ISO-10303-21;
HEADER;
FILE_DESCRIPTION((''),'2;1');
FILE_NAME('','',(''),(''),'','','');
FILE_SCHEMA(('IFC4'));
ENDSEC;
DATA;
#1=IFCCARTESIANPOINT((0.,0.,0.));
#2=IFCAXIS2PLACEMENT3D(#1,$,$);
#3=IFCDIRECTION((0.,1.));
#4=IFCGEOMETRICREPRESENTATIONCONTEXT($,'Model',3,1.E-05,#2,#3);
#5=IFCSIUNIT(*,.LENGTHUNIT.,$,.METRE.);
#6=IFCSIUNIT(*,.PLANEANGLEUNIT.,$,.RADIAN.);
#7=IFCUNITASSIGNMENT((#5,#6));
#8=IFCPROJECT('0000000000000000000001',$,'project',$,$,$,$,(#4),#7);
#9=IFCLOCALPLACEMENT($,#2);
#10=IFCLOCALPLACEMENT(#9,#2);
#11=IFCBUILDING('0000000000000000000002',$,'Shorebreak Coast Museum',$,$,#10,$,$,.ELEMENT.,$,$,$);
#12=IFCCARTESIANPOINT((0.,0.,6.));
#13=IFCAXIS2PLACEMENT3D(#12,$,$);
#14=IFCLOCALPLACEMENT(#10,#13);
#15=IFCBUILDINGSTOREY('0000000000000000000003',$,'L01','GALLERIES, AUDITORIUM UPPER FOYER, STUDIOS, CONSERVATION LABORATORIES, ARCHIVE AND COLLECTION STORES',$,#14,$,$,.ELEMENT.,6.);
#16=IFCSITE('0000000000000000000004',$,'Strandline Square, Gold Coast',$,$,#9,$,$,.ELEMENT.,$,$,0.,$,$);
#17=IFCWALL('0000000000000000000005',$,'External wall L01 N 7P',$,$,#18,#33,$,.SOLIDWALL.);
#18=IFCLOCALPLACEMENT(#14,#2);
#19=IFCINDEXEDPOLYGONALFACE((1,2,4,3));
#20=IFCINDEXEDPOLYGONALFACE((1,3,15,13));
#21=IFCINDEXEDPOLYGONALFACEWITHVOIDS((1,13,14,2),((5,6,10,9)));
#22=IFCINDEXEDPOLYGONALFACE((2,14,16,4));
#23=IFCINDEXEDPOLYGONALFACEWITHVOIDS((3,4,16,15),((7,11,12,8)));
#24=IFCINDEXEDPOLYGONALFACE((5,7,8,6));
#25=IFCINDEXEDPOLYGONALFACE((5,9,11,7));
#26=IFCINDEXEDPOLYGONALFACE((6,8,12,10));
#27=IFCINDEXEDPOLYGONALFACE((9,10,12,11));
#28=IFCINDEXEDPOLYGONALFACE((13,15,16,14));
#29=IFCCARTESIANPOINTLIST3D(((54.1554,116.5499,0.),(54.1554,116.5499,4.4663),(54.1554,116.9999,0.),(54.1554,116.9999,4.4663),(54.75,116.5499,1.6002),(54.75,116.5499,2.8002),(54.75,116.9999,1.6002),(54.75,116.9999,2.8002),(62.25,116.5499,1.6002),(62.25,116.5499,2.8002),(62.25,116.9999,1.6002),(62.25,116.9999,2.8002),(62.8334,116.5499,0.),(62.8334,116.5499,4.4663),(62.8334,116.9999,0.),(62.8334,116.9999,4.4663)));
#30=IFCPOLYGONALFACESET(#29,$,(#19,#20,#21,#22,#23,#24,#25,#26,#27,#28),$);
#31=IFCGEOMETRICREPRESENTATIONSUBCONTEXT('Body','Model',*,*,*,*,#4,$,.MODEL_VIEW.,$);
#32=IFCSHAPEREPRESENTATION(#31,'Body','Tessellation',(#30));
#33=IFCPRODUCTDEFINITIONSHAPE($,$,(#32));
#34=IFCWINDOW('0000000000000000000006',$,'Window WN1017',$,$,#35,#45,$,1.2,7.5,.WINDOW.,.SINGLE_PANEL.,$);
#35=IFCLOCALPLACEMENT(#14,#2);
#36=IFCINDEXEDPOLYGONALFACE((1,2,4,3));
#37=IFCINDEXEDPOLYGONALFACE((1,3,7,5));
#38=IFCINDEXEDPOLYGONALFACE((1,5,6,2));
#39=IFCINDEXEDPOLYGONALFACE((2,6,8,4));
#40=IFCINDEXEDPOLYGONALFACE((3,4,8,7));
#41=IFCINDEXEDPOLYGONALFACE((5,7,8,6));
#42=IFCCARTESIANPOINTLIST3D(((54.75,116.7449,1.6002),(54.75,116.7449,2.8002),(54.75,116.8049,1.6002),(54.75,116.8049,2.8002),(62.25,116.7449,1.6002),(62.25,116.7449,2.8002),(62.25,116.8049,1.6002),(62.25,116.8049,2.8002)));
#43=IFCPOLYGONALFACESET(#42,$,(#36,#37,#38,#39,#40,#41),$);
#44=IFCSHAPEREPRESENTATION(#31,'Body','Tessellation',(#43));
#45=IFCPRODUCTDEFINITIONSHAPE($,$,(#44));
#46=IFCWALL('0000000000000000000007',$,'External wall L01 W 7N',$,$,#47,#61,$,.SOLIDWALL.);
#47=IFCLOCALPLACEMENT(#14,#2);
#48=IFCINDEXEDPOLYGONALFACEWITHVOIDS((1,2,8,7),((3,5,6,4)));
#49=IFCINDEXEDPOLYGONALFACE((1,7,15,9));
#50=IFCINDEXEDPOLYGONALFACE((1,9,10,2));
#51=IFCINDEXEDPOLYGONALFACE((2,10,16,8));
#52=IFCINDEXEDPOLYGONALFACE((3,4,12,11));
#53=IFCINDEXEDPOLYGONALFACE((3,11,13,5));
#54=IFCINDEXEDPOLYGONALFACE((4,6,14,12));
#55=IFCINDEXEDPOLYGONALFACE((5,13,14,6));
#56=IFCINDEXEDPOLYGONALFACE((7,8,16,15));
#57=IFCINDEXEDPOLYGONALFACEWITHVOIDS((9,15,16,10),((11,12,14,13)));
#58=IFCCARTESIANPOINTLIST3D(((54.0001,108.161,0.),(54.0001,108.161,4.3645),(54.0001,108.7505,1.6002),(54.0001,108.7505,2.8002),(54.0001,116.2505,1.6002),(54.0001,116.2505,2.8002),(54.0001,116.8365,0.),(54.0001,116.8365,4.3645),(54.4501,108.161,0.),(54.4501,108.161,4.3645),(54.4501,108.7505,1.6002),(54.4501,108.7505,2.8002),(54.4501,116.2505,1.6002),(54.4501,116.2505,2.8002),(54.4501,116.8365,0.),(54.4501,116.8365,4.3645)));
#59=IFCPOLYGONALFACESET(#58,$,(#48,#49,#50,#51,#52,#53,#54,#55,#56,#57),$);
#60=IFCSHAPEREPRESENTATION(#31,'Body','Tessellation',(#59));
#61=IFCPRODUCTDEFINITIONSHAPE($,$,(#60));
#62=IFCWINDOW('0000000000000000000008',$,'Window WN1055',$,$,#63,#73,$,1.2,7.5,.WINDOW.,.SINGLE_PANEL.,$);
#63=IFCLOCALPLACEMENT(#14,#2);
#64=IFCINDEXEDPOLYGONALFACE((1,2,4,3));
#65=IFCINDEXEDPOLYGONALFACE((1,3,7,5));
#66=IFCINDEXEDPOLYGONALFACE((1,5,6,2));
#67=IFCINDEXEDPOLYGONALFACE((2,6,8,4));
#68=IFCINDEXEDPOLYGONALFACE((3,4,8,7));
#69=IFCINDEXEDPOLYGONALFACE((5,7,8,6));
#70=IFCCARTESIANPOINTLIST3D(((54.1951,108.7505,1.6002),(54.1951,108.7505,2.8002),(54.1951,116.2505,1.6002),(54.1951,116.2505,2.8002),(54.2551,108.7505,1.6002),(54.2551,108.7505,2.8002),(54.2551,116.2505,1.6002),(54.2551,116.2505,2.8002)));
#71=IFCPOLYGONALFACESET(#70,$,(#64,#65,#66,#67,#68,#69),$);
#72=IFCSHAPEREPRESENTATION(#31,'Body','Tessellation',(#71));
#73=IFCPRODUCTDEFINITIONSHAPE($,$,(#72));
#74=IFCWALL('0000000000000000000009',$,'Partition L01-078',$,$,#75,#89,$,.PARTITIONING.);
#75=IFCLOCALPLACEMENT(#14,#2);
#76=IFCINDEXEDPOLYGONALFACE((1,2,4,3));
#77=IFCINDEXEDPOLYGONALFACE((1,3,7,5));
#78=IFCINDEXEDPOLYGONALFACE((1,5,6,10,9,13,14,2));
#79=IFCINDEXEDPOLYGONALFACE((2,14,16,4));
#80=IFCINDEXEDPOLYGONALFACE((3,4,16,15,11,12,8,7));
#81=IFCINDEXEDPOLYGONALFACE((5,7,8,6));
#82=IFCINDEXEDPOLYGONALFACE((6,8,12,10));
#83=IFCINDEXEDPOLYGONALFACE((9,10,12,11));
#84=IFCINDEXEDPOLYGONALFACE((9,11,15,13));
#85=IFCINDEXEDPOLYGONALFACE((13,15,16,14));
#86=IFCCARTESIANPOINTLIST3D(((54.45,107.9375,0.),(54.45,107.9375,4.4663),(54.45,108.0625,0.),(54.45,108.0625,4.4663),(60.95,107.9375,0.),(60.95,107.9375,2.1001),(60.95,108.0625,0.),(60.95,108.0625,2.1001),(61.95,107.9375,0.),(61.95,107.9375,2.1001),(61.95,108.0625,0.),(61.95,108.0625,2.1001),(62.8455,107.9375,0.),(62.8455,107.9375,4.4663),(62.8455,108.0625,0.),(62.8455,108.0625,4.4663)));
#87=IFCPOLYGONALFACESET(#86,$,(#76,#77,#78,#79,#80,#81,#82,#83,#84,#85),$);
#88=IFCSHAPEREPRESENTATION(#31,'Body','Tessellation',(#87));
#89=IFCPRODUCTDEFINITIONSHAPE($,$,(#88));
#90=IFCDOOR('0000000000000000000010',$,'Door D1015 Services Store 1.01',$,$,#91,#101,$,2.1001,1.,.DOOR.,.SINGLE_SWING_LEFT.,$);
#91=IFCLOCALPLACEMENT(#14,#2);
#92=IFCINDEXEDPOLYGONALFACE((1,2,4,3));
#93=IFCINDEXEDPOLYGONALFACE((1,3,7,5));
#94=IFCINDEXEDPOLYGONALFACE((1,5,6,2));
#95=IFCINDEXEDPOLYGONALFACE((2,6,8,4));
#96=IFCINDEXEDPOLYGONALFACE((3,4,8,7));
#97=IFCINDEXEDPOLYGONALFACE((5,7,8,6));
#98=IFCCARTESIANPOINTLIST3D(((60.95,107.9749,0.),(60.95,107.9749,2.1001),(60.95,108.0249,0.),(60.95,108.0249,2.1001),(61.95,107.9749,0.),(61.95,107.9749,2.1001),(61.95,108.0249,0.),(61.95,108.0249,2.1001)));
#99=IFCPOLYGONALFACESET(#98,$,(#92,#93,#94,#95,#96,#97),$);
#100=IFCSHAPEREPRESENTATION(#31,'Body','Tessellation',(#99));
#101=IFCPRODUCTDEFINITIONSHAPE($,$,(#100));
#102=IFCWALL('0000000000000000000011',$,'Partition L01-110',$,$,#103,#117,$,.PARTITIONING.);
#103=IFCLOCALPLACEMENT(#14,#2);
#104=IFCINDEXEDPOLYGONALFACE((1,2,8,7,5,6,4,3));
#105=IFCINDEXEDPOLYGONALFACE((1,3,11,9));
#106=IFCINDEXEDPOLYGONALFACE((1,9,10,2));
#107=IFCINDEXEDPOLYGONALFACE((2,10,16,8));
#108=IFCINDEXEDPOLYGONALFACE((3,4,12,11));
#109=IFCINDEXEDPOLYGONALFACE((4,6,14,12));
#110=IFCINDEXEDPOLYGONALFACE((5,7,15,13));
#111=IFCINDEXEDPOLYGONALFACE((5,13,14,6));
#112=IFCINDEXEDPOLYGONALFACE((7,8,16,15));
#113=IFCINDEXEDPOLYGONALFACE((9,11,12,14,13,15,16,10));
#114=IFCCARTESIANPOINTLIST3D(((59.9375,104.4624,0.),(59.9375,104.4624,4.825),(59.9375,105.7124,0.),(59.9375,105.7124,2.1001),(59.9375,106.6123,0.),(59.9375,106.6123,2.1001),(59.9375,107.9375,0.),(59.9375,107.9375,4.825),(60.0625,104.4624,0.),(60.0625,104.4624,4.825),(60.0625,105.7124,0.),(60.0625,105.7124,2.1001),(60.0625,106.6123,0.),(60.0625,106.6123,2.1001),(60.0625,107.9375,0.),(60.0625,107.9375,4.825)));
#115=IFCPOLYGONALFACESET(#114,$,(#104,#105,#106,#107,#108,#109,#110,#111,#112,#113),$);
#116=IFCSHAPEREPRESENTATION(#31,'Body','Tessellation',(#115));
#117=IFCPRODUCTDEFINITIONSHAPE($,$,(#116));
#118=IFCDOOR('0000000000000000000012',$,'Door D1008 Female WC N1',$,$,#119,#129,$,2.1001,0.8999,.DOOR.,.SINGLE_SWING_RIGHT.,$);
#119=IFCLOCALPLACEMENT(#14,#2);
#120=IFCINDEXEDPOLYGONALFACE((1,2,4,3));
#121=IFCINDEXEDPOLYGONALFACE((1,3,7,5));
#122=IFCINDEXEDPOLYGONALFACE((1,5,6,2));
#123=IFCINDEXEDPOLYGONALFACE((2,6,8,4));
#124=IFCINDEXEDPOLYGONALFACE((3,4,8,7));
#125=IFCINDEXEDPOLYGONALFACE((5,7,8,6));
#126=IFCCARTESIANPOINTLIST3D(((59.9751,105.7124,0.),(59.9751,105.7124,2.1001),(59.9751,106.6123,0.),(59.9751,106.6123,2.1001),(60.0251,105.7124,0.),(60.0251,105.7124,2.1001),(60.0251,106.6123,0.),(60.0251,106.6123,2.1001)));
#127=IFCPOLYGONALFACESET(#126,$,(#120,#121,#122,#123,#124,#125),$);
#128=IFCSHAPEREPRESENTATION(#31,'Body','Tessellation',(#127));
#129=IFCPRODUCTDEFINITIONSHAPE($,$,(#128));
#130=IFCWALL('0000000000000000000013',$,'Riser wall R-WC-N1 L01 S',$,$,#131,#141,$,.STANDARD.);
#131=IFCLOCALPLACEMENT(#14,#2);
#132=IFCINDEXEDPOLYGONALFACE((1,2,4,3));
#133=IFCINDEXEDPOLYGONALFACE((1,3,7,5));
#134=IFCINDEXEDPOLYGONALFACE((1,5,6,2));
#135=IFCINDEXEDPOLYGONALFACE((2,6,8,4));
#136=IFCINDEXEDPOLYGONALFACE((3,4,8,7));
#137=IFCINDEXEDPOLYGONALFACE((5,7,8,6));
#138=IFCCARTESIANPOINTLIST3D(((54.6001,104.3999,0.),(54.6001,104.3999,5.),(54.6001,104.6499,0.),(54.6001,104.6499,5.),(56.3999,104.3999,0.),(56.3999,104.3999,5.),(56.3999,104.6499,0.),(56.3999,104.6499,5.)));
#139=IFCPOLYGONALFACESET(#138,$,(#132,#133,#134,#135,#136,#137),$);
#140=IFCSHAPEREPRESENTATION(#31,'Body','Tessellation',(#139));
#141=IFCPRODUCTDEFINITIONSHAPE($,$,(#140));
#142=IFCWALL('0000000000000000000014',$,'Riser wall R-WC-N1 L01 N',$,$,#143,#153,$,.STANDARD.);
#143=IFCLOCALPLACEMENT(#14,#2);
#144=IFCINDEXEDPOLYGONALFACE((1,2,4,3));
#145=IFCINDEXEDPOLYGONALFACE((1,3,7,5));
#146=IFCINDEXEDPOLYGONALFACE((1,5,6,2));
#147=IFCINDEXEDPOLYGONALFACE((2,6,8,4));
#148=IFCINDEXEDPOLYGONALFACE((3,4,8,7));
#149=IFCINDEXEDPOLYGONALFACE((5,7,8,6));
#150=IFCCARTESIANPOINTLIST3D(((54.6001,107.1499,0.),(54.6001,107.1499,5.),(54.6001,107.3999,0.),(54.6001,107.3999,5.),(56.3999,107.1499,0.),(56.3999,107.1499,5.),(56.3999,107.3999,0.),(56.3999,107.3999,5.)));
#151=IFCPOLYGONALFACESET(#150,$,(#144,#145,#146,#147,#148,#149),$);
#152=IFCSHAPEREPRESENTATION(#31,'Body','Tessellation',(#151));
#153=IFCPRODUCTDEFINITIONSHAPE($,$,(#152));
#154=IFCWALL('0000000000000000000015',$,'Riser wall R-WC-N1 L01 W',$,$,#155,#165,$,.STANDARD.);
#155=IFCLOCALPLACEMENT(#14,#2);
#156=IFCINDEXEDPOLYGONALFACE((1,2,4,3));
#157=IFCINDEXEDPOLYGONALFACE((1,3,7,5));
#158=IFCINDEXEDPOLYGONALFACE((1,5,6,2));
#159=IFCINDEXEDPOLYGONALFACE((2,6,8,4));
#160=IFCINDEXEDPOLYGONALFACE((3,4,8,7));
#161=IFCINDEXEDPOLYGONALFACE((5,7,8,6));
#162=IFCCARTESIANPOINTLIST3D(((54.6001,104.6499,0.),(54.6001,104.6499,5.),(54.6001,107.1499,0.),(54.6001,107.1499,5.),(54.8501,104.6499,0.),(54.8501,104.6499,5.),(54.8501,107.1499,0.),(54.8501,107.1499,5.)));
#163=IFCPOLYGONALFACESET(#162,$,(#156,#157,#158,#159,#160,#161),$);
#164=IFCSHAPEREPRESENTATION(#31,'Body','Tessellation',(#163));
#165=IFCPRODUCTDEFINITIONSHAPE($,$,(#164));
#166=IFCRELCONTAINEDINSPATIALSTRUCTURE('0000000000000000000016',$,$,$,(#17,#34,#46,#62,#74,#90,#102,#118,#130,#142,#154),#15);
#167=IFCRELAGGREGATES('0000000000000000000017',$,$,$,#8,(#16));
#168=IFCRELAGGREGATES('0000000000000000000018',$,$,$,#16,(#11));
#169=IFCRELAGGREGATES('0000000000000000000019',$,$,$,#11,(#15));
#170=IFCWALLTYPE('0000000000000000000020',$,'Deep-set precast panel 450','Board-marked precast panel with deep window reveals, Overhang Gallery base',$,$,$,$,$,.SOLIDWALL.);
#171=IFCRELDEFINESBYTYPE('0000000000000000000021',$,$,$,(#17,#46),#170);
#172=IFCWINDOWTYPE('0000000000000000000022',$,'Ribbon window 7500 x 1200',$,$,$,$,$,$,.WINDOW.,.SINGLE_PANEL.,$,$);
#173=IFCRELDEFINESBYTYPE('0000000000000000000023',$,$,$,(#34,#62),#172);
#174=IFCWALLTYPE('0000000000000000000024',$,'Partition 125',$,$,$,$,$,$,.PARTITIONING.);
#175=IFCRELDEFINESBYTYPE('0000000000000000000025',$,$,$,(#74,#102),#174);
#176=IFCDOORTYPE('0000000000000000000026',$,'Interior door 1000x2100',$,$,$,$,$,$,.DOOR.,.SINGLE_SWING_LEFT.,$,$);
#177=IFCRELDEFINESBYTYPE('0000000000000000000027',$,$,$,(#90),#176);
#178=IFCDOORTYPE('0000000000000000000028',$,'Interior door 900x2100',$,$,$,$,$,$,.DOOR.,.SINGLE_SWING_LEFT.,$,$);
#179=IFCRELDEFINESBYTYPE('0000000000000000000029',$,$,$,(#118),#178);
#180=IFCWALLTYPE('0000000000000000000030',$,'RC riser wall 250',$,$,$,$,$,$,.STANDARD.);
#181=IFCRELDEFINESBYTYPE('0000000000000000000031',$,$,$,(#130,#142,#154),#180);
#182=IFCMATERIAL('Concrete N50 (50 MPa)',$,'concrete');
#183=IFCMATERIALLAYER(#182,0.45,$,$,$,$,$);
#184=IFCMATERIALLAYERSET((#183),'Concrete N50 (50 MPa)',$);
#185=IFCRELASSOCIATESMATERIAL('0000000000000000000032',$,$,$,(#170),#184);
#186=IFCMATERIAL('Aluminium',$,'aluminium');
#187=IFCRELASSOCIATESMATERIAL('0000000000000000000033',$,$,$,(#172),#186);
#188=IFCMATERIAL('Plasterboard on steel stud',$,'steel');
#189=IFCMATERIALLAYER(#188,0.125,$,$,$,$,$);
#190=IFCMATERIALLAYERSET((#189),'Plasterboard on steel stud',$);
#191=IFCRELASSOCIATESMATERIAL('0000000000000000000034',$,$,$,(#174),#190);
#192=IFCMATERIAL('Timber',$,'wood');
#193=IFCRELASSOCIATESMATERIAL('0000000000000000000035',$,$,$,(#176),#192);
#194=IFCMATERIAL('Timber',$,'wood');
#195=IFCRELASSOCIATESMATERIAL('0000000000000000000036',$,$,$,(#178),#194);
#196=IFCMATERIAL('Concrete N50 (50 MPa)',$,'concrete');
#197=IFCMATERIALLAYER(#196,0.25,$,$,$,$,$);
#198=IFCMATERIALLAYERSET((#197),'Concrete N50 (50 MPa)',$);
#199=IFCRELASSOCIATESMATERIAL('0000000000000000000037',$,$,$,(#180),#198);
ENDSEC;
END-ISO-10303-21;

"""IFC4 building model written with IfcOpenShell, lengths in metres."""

from ifc_helpers import new_model, si_unit, direction, frame, frame_2d, origin, place, context, subcontext, project, spatial, rectangle, extrude, material, layer, layer_set, type_object, element, fill, save


model = new_model("IFC4")

# Units and contexts
model_context = context("Model", 3, precision=1e-05, world=origin(), true_north=direction((0.0, 1.0)))
body_context = subcontext(model_context, "Body", "Model", "MODEL_VIEW")
ifc_project = project(units=[si_unit("LENGTHUNIT", "METRE"), si_unit("PLANEANGLEUNIT", "RADIAN")], contexts=[model_context])

# Site, building, storey
site_placement = place(None, origin())
site = spatial("IfcSite", under=ifc_project, at=site_placement, Name="Strandline Square, Gold Coast", CompositionType="ELEMENT", RefElevation=0.0)
building_placement = place(site_placement, origin())
building = spatial("IfcBuilding", under=site, at=building_placement, Name="Shorebreak Coast Museum", CompositionType="ELEMENT")
storey_placement = place(building_placement, frame((0.0, 0.0, 6.0)))
storey = spatial("IfcBuildingStorey", under=building, at=storey_placement, Name="L01", Description="GALLERIES, AUDITORIUM UPPER FOYER, STUDIOS, CONSERVATION LABORATORIES, ARCHIVE AND COLLECTION STORES", CompositionType="ELEMENT", Elevation=6.0)

# Walls, openings, windows
ifc_material_1 = material(Name="Concrete N50 (50 MPa)", Category="concrete")
ifc_layer_1 = layer(ifc_material_1, 0.45)
ifc_layer_set_1 = layer_set([ifc_layer_1], Name="Concrete N50 (50 MPa)")
wall_type_1 = type_object("IfcWallType", Name="Deep-set precast panel 450", Description="Board-marked precast panel with deep window reveals, Overhang Gallery base", PredefinedType="SOLIDWALL", material=ifc_layer_set_1)
wall_1_placement = place(storey_placement, frame((54.1555, 116.7749, 0.0), z_axis=(0.0, 0.0, 1.0), x_axis=(1.0, 0.0, 0.0)))
wall_1 = element("IfcWall", 1, at=wall_1_placement, inside=storey, type_object=wall_type_1, Name="External wall L01 N 7P", PredefinedType="SOLIDWALL", context=body_context, shape_type="SweptSolid", body=[
    extrude(rectangle(XDim=8.678, YDim=0.45, at=frame_2d((4.3389, 0.0))), origin(), (0.0, 0.0, 1.0), 4.4663),
])
opening_1_placement = place(wall_1_placement, frame((0.5945, 0.0, 1.6001)))
opening_1 = element("IfcOpeningElement", 2, at=opening_1_placement, cuts=wall_1, PredefinedType="OPENING", context=body_context, shape_type="SweptSolid", body=[
    extrude(rectangle(XDim=7.5, YDim=1.2, at=frame_2d((3.75, 0.6001))), frame((0.0, 0.2349, 0.0), z_axis=(0.0, -1.0, 0.0), x_axis=(1.0, 0.0, 0.0)), (0.0, 0.0, 1.0), 0.47),
])
ifc_material_2 = material(Name="Aluminium", Category="aluminium")
window_type = type_object("IfcWindowType", Name="Ribbon window 7500 x 1200", PartitioningType="SINGLE_PANEL", PredefinedType="WINDOW", material=ifc_material_2)
window_1_placement = place(opening_1_placement, origin())
window_1 = element("IfcWindow", 3, at=window_1_placement, inside=storey, type_object=window_type, Name="Window WN1017", OverallHeight=1.2, OverallWidth=7.5, PartitioningType="SINGLE_PANEL", PredefinedType="WINDOW", context=body_context, shape_type="SweptSolid", body=[
    extrude(rectangle(XDim=7.5, YDim=1.2, at=frame_2d((3.75, 0.6001))), frame((0.0, 0.03, 0.0), z_axis=(0.0, -1.0, 0.0), x_axis=(1.0, 0.0, 0.0)), (0.0, 0.0, 1.0), 0.0601),
])
fill(opening_1, window_1)
wall_2_placement = place(storey_placement, frame((54.2251, 108.1609, 0.0), z_axis=(0.0, 0.0, 1.0), x_axis=(0.0, 1.0, 0.0)))
wall_2 = element("IfcWall", 4, at=wall_2_placement, inside=storey, type_object=wall_type_1, Name="External wall L01 W 7N", PredefinedType="SOLIDWALL", context=body_context, shape_type="SweptSolid", body=[
    extrude(rectangle(XDim=8.6755, YDim=0.45, at=frame_2d((4.3379, 0.0))), origin(), (0.0, 0.0, 1.0), 4.3645),
])
opening_2_placement = place(wall_2_placement, frame((0.5896, 0.0, 1.6001)))
opening_2 = element("IfcOpeningElement", 5, at=opening_2_placement, cuts=wall_2, PredefinedType="OPENING", context=body_context, shape_type="SweptSolid", body=[
    extrude(rectangle(XDim=7.5, YDim=1.2, at=frame_2d((3.75, 0.6001))), frame((0.0, 0.2349, 0.0), z_axis=(0.0, -1.0, 0.0), x_axis=(1.0, 0.0, 0.0)), (0.0, 0.0, 1.0), 0.47),
])
window_2_placement = place(opening_2_placement, origin())
window_2 = element("IfcWindow", 6, at=window_2_placement, inside=storey, type_object=window_type, Name="Window WN1055", OverallHeight=1.2, OverallWidth=7.5, PartitioningType="SINGLE_PANEL", PredefinedType="WINDOW", context=body_context, shape_type="SweptSolid", body=[
    extrude(rectangle(XDim=7.5, YDim=1.2, at=frame_2d((3.75, 0.6001))), frame((0.0, 0.03, 0.0), z_axis=(0.0, -1.0, 0.0), x_axis=(1.0, 0.0, 0.0)), (0.0, 0.0, 1.0), 0.0601),
])
fill(opening_2, window_2)

# Walls, openings, doors
ifc_material_3 = material(Name="Plasterboard on steel stud", Category="steel")
ifc_layer_2 = layer(ifc_material_3, 0.125)
ifc_layer_set_2 = layer_set([ifc_layer_2], Name="Plasterboard on steel stud")
wall_type_2 = type_object("IfcWallType", Name="Partition 125", PredefinedType="PARTITIONING", material=ifc_layer_set_2)
wall_3_placement = place(storey_placement, frame((54.45, 108.0, 0.0), z_axis=(0.0, 0.0, 1.0), x_axis=(1.0, 0.0, 0.0)))
wall_3 = element("IfcWall", 7, at=wall_3_placement, inside=storey, type_object=wall_type_2, Name="Partition L01-078", PredefinedType="PARTITIONING", context=body_context, shape_type="SweptSolid", body=[
    extrude(rectangle(XDim=8.3955, YDim=0.125, at=frame_2d((4.1978, 0.0))), origin(), (0.0, 0.0, 1.0), 4.4663),
])
opening_3_placement = place(wall_3_placement, frame((6.5, 0.0, 0.0)))
opening_3 = element("IfcOpeningElement", 8, at=opening_3_placement, cuts=wall_3, PredefinedType="OPENING", context=body_context, shape_type="SweptSolid", body=[
    extrude(rectangle(XDim=1.0, YDim=2.1001, at=frame_2d((0.5, 1.05))), frame((0.0, 0.0725, 0.0), z_axis=(0.0, -1.0, 0.0), x_axis=(1.0, 0.0, 0.0)), (0.0, 0.0, 1.0), 0.145),
])
ifc_material_4 = material(Name="Timber", Category="wood")
door_type_1 = type_object("IfcDoorType", Name="Interior door 1000x2100", OperationType="SINGLE_SWING_LEFT", PredefinedType="DOOR", material=ifc_material_4)
door_1_placement = place(opening_3_placement, origin())
door_1 = element("IfcDoor", 9, at=door_1_placement, inside=storey, type_object=door_type_1, Name="Door D1015 Services Store 1.01", OperationType="SINGLE_SWING_LEFT", OverallHeight=2.1001, OverallWidth=1.0, PredefinedType="DOOR", context=body_context, shape_type="SweptSolid", body=[
    extrude(rectangle(XDim=1.0, YDim=2.1001, at=frame_2d((0.5, 1.05))), frame((0.0, 0.0249, 0.0), z_axis=(0.0, -1.0, 0.0), x_axis=(1.0, 0.0, 0.0)), (0.0, 0.0, 1.0), 0.05),
])
fill(opening_3, door_1)
wall_4_placement = place(storey_placement, frame((60.0, 104.4624, 0.0), z_axis=(0.0, 0.0, 1.0), x_axis=(0.0, 1.0, 0.0)))
wall_4 = element("IfcWall", 10, at=wall_4_placement, inside=storey, type_object=wall_type_2, Name="Partition L01-110", PredefinedType="PARTITIONING", context=body_context, shape_type="SweptSolid", body=[
    extrude(rectangle(XDim=3.4751, YDim=0.125, at=frame_2d((1.7375, 0.0))), origin(), (0.0, 0.0, 1.0), 4.825),
])
opening_4_placement = place(wall_4_placement, frame((1.25, 0.0, 0.0)))
opening_4 = element("IfcOpeningElement", 11, at=opening_4_placement, cuts=wall_4, PredefinedType="OPENING", context=body_context, shape_type="SweptSolid", body=[
    extrude(rectangle(XDim=0.8999, YDim=2.1001, at=frame_2d((0.45, 1.05))), frame((0.0, 0.0725, 0.0), z_axis=(0.0, -1.0, 0.0), x_axis=(1.0, 0.0, 0.0)), (0.0, 0.0, 1.0), 0.145),
])
ifc_material_5 = material(Name="Timber", Category="wood")
door_type_2 = type_object("IfcDoorType", Name="Interior door 900x2100", OperationType="SINGLE_SWING_LEFT", PredefinedType="DOOR", material=ifc_material_5)
door_2_placement = place(opening_4_placement, origin())
door_2 = element("IfcDoor", 12, at=door_2_placement, inside=storey, type_object=door_type_2, Name="Door D1008 Female WC N1", OperationType="SINGLE_SWING_RIGHT", OverallHeight=2.1001, OverallWidth=0.8999, PredefinedType="DOOR", context=body_context, shape_type="SweptSolid", body=[
    extrude(rectangle(XDim=0.8999, YDim=2.1001, at=frame_2d((0.45, 1.05))), frame((0.0, 0.0249, 0.0), z_axis=(0.0, -1.0, 0.0), x_axis=(1.0, 0.0, 0.0)), (0.0, 0.0, 1.0), 0.05),
])
fill(opening_4, door_2)

# Walls
ifc_material_6 = material(Name="Concrete N50 (50 MPa)", Category="concrete")
ifc_layer_3 = layer(ifc_material_6, 0.25)
ifc_layer_set_3 = layer_set([ifc_layer_3], Name="Concrete N50 (50 MPa)")
wall_type_3 = type_object("IfcWallType", Name="RC riser wall 250", PredefinedType="STANDARD", material=ifc_layer_set_3)
for number, where, z_axis, x_axis, name in (
    (13, (54.6001, 104.5249, 0.0), (0.0, 0.0, 1.0), (1.0, 0.0, 0.0), "Riser wall R-WC-N1 L01 S"),
    (14, (54.6001, 107.2749, 0.0), (0.0, 0.0, 1.0), (1.0, 0.0, 0.0), "Riser wall R-WC-N1 L01 N"),
):
    element("IfcWall", number, at=place(storey_placement, frame(where, z_axis=z_axis, x_axis=x_axis)), inside=storey, type_object=wall_type_3, Name=name, PredefinedType="STANDARD", context=body_context, shape_type="SweptSolid", body=[
        extrude(rectangle(XDim=1.7998, YDim=0.25, at=frame_2d((0.8999, 0.0))), origin(), (0.0, 0.0, 1.0), 5.0),
    ])
wall_5_placement = place(storey_placement, frame((54.7251, 104.6499, 0.0), z_axis=(0.0, 0.0, 1.0), x_axis=(0.0, 1.0, 0.0)))
element("IfcWall", 15, at=wall_5_placement, inside=storey, type_object=wall_type_3, Name="Riser wall R-WC-N1 L01 W", PredefinedType="STANDARD", context=body_context, shape_type="SweptSolid", body=[
    extrude(rectangle(XDim=2.5, YDim=0.25, at=frame_2d((1.25, 0.0))), origin(), (0.0, 0.0, 1.0), 5.0),
])

save(model, "model.ifc")
